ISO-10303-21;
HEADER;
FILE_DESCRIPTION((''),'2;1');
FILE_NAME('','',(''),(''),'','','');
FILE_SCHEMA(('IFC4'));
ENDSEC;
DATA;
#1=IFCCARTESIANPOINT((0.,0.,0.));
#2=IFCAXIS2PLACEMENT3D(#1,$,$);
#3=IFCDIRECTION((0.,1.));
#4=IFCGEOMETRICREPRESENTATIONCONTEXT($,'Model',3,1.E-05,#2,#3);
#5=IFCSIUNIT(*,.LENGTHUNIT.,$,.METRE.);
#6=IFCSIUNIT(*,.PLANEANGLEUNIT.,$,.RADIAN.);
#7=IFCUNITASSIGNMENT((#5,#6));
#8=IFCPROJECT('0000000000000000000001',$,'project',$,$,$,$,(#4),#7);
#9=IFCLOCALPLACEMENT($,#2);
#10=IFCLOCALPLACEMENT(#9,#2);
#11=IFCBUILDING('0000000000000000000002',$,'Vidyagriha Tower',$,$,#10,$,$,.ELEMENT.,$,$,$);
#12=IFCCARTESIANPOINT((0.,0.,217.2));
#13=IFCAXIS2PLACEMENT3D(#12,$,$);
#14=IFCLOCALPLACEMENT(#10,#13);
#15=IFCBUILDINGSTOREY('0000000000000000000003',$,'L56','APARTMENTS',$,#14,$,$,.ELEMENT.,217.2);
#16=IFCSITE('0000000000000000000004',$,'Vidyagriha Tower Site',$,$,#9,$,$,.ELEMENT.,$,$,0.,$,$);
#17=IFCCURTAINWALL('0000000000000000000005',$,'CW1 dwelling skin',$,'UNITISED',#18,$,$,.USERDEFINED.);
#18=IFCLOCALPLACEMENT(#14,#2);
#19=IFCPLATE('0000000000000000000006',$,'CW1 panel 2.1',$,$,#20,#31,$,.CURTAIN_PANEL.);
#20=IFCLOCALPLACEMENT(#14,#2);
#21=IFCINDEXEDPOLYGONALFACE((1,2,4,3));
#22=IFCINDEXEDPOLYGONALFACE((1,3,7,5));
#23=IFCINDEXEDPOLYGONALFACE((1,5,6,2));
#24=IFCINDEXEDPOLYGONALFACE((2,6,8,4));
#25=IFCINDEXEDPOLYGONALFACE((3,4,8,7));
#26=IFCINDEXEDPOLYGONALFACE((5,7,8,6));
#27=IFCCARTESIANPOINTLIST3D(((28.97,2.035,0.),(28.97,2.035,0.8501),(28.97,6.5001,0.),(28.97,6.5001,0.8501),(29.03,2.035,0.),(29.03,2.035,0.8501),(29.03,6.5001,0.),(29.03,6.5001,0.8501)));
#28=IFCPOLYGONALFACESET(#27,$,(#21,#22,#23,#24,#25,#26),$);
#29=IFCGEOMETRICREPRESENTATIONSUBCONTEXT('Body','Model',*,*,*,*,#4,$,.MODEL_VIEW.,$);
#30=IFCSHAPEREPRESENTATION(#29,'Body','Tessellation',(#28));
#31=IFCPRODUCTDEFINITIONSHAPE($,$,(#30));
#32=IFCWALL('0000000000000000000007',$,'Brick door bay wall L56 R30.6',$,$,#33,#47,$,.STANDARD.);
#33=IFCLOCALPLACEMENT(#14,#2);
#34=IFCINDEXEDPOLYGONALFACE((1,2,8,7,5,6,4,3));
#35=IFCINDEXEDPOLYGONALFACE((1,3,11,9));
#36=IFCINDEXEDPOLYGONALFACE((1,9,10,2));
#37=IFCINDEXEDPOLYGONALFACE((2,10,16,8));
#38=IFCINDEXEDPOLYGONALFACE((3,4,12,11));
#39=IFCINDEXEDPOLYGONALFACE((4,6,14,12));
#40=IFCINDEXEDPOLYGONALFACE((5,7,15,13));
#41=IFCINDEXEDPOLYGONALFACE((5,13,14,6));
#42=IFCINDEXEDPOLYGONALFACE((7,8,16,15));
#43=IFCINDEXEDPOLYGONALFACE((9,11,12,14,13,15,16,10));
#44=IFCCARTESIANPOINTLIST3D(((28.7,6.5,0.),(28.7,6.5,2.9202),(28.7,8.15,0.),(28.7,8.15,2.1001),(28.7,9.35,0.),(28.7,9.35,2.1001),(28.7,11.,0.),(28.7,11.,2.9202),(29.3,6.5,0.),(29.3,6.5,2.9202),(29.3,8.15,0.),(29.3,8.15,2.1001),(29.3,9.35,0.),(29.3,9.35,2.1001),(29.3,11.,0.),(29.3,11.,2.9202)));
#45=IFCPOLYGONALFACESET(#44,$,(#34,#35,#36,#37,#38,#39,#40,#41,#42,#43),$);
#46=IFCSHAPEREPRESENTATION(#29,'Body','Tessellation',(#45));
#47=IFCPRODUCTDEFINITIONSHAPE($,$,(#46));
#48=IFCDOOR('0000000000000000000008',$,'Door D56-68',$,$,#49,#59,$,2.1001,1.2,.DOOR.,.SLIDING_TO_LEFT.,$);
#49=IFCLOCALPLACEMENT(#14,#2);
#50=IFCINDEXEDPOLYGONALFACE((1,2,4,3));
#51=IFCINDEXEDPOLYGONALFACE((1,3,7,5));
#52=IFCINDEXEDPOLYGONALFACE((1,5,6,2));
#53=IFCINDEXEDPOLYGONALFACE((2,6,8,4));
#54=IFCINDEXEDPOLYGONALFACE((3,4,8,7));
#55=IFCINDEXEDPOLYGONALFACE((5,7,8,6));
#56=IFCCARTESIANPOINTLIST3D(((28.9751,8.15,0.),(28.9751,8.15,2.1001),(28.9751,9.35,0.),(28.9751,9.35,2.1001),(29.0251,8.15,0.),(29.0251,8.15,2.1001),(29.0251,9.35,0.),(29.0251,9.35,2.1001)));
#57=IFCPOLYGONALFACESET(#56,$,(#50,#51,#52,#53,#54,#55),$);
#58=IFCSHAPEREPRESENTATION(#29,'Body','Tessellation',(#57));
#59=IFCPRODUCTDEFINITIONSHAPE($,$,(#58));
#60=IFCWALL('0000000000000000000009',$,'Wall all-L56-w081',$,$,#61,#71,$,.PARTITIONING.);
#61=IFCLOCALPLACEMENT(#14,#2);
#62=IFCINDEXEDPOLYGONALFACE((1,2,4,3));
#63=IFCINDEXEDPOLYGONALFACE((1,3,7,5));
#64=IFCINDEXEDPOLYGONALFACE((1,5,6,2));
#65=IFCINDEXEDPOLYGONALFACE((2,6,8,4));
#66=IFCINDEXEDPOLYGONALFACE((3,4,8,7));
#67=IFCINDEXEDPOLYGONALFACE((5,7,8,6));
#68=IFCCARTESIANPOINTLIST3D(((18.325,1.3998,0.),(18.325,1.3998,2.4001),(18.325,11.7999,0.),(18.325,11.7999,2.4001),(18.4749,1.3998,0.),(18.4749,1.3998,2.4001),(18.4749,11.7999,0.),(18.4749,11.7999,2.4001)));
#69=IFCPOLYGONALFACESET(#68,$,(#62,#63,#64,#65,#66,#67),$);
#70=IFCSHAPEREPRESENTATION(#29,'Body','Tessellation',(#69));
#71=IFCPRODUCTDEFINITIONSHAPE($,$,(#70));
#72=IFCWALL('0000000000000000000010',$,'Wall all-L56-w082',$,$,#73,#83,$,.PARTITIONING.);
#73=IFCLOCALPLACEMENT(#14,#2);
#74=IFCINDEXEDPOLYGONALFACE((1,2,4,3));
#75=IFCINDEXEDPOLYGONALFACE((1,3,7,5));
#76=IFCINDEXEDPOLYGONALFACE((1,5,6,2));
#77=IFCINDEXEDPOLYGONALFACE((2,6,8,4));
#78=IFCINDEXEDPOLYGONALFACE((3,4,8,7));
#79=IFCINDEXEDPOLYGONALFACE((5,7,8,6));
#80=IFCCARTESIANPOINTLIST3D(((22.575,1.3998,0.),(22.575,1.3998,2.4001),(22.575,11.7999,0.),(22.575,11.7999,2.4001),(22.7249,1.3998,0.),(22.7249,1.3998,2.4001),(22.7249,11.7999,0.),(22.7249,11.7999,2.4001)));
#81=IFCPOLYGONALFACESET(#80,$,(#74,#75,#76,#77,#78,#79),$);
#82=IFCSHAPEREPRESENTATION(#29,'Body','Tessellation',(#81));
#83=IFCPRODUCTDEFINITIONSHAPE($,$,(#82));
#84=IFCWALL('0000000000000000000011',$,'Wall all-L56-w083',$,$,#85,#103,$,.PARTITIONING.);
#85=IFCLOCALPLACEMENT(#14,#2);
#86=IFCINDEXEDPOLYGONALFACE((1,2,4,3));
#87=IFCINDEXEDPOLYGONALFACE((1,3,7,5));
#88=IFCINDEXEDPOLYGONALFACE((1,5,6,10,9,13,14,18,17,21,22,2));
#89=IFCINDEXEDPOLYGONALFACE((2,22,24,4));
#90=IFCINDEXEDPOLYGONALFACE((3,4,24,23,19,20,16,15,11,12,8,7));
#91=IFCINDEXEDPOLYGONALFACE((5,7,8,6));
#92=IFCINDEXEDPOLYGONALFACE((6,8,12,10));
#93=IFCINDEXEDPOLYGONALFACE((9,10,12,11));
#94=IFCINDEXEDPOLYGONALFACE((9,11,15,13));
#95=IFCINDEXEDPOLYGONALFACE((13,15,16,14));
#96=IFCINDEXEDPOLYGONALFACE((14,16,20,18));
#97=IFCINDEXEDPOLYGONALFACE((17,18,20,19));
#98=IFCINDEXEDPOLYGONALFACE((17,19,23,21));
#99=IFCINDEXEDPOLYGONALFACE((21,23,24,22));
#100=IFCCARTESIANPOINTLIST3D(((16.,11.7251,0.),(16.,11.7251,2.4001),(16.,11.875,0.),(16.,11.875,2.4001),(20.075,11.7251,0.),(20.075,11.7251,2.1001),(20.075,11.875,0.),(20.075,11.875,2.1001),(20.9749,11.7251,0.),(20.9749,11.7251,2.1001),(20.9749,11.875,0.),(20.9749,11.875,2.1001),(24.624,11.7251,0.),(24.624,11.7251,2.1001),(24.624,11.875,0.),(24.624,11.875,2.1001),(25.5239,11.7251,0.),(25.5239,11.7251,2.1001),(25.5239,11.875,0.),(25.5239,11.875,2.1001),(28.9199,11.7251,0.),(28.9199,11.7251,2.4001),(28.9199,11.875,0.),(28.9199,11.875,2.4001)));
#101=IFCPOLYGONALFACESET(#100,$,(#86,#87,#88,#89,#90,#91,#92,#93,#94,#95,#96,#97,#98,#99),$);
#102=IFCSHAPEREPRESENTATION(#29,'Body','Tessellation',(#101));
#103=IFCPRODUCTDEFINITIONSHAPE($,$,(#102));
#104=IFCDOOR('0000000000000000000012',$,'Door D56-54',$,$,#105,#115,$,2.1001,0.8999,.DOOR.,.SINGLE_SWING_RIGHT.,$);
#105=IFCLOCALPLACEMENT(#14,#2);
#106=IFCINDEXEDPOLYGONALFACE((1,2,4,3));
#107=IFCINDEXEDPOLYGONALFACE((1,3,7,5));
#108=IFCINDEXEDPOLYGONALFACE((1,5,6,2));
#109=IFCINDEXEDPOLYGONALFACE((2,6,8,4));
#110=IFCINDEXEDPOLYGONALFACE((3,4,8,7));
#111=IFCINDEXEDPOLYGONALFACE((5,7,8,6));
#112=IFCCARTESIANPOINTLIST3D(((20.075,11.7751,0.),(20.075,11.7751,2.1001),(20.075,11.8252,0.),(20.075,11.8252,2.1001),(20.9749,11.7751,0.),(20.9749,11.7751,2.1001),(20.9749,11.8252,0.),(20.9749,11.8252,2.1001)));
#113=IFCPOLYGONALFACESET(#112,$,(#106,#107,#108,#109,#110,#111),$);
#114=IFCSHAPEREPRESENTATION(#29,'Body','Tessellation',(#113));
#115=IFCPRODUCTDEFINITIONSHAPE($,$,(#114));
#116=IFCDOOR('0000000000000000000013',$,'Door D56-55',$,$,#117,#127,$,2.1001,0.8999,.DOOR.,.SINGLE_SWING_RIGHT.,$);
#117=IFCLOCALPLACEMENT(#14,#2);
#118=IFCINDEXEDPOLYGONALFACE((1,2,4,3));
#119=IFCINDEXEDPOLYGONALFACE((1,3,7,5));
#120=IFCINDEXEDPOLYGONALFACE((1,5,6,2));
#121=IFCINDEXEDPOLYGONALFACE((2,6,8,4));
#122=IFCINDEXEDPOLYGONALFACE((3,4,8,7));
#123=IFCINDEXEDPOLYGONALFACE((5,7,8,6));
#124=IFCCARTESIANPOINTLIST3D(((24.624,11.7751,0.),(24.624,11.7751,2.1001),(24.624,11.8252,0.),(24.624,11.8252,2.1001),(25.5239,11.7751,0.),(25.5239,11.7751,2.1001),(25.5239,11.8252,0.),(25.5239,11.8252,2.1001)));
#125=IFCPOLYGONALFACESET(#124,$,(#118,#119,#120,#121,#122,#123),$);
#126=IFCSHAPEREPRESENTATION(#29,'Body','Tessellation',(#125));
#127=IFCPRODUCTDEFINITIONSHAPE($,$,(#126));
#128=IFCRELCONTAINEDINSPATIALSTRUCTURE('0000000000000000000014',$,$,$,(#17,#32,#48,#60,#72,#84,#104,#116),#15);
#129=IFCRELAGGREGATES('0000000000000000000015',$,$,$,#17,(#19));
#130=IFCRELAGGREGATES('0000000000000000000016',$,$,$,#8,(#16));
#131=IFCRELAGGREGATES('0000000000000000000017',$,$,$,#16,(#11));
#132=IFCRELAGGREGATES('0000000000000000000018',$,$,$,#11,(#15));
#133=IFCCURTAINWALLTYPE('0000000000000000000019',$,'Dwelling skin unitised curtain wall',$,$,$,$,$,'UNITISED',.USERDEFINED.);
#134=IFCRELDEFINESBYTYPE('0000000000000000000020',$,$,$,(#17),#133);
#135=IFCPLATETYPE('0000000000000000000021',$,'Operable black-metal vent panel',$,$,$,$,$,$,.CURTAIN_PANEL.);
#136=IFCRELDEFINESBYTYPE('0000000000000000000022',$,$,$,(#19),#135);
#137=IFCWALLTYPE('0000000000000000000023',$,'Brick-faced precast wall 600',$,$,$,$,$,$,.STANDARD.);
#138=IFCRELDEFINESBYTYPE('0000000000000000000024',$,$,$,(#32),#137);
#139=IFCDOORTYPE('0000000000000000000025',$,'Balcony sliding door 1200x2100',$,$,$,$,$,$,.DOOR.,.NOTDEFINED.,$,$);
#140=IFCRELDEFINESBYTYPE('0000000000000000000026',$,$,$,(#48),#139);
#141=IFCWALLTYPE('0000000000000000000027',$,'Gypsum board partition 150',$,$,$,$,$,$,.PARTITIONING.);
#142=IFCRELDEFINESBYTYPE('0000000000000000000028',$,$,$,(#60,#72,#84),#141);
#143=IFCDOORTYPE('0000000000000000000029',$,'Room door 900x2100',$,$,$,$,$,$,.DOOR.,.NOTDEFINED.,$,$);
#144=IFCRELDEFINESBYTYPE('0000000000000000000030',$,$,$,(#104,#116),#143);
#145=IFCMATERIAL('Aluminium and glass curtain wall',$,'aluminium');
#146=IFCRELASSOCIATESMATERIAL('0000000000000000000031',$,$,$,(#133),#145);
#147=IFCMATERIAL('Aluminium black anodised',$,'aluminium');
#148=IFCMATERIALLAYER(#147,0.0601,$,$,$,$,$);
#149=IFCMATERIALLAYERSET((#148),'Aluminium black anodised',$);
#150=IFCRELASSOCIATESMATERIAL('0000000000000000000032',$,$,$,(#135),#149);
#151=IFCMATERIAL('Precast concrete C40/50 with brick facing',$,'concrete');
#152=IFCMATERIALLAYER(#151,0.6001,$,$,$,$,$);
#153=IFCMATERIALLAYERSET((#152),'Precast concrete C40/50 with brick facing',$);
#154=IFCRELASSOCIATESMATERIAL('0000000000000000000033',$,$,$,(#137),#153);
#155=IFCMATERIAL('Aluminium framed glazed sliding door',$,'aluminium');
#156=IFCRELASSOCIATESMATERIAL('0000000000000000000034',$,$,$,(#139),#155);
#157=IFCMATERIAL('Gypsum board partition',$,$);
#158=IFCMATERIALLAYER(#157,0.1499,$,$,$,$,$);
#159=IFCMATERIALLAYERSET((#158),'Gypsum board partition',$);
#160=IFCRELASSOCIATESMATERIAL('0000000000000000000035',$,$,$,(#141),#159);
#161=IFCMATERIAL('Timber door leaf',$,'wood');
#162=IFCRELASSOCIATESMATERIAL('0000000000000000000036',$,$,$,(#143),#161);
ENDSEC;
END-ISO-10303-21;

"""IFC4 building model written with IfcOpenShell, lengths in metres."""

from ifc_helpers import new_model, si_unit, direction, frame, frame_2d, origin, origin_2d, place, context, subcontext, project, spatial, rectangle, extrude, material, layer, layer_set, type_object, element, fill, aggregate, save


model = new_model("IFC4")

# Units and contexts
model_context = context("Model", 3, precision=1e-05, world=origin(), true_north=direction((0.0, 1.0)))
body_context = subcontext(model_context, "Body", "Model", "MODEL_VIEW")
ifc_project = project(units=[si_unit("LENGTHUNIT", "METRE"), si_unit("PLANEANGLEUNIT", "RADIAN")], contexts=[model_context])

# Site, building, storey
site_placement = place(None, origin())
site = spatial("IfcSite", under=ifc_project, at=site_placement, Name="Vidyagriha Tower Site", CompositionType="ELEMENT", RefElevation=0.0)
building_placement = place(site_placement, origin())
building = spatial("IfcBuilding", under=site, at=building_placement, Name="Vidyagriha Tower", CompositionType="ELEMENT")
storey_placement = place(building_placement, frame((0.0, 0.0, 217.2)))
storey = spatial("IfcBuildingStorey", under=building, at=storey_placement, Name="L56", Description="APARTMENTS", CompositionType="ELEMENT", Elevation=217.2)

# Curtain wall
ifc_material_1 = material(Name="Aluminium and glass curtain wall", Category="aluminium")
curtain_wall_type = type_object("IfcCurtainWallType", Name="Dwelling skin unitised curtain wall", ElementType="UNITISED", PredefinedType="USERDEFINED", material=ifc_material_1)
curtain_wall_1_placement = place(storey_placement, origin())
curtain_wall_1 = element("IfcCurtainWall", 1, at=curtain_wall_1_placement, inside=storey, type_object=curtain_wall_type, Name="CW1 dwelling skin", ObjectType="UNITISED", PredefinedType="USERDEFINED")

# Plate
ifc_material_2 = material(Name="Aluminium black anodised", Category="aluminium")
ifc_layer_1 = layer(ifc_material_2, 0.0601)
ifc_layer_set_1 = layer_set([ifc_layer_1], Name="Aluminium black anodised")
plate_type_1 = type_object("IfcPlateType", Name="Operable black-metal vent panel", PredefinedType="CURTAIN_PANEL", material=ifc_layer_set_1)
plate_1_placement = place(storey_placement, frame((29.0, 4.2676, 0.0), z_axis=(0.0, 0.0, 1.0), x_axis=(0.0, 1.0, 0.0)))
plate_1 = element("IfcPlate", 2, at=plate_1_placement, type_object=plate_type_1, Name="CW1 panel 2.1", PredefinedType="CURTAIN_PANEL", context=body_context, shape_type="SweptSolid", body=[
    extrude(rectangle(XDim=4.4651, YDim=0.0601, at=origin_2d()), origin(), (0.0, 0.0, 1.0), 0.8501),
])
aggregate(curtain_wall_1, [plate_1])

# Wall, opening, door
ifc_material_3 = material(Name="Precast concrete C40/50 with brick facing", Category="concrete")
ifc_layer_2 = layer(ifc_material_3, 0.6001)
ifc_layer_set_2 = layer_set([ifc_layer_2], Name="Precast concrete C40/50 with brick facing")
wall_type_1 = type_object("IfcWallType", Name="Brick-faced precast wall 600", PredefinedType="STANDARD", material=ifc_layer_set_2)
wall_1_placement = place(storey_placement, frame((29.0, 6.5, 0.0), z_axis=(0.0, 0.0, 1.0), x_axis=(0.0, 1.0, 0.0)))
wall_1 = element("IfcWall", 3, at=wall_1_placement, inside=storey, type_object=wall_type_1, Name="Brick door bay wall L56 R30.6", PredefinedType="STANDARD", context=body_context, shape_type="SweptSolid", body=[
    extrude(rectangle(XDim=4.5, YDim=0.6001, at=frame_2d((2.25, 0.0))), origin(), (0.0, 0.0, 1.0), 2.9202),
])
opening_1_placement = place(wall_1_placement, frame((1.6499, 0.0, 0.0)))
opening_1 = element("IfcOpeningElement", 4, at=opening_1_placement, cuts=wall_1, PredefinedType="OPENING", context=body_context, shape_type="SweptSolid", body=[
    extrude(rectangle(XDim=1.2, YDim=2.1001, at=frame_2d((0.6001, 1.05))), frame((0.0, 0.3101, 0.0), z_axis=(0.0, -1.0, 0.0), x_axis=(1.0, 0.0, 0.0)), (0.0, 0.0, 1.0), 0.6201),
])
ifc_material_4 = material(Name="Aluminium framed glazed sliding door", Category="aluminium")
door_type_1 = type_object("IfcDoorType", Name="Balcony sliding door 1200x2100", OperationType="NOTDEFINED", PredefinedType="DOOR", material=ifc_material_4)
door_1_placement = place(opening_1_placement, origin())
door_1 = element("IfcDoor", 5, at=door_1_placement, inside=storey, type_object=door_type_1, Name="Door D56-68", OperationType="SLIDING_TO_LEFT", OverallHeight=2.1001, OverallWidth=1.2, PredefinedType="DOOR", context=body_context, shape_type="SweptSolid", body=[
    extrude(rectangle(XDim=1.2, YDim=2.1001, at=frame_2d((0.6001, 1.05))), frame((0.0, 0.0249, 0.0), z_axis=(0.0, -1.0, 0.0), x_axis=(1.0, 0.0, 0.0)), (0.0, 0.0, 1.0), 0.05),
])
fill(opening_1, door_1)

# Walls
ifc_material_5 = material(Name="Gypsum board partition")
ifc_layer_3 = layer(ifc_material_5, 0.1499)
ifc_layer_set_3 = layer_set([ifc_layer_3], Name="Gypsum board partition")
wall_type_2 = type_object("IfcWallType", Name="Gypsum board partition 150", PredefinedType="PARTITIONING", material=ifc_layer_set_3)
for number, where, z_axis, x_axis, name in (
    (6, (18.3999, 11.8, 0.0), (0.0, 0.0, 1.0), (0.0, -1.0, 0.0), "Wall all-L56-w081"),
    (7, (22.6499, 11.8, 0.0), (0.0, 0.0, 1.0), (0.0, -1.0, 0.0), "Wall all-L56-w082"),
):
    element("IfcWall", number, at=place(storey_placement, frame(where, z_axis=z_axis, x_axis=x_axis)), inside=storey, type_object=wall_type_2, Name=name, PredefinedType="PARTITIONING", context=body_context, shape_type="SweptSolid", body=[
        extrude(rectangle(XDim=10.4001, YDim=0.1499, at=frame_2d((5.2002, 0.0))), origin(), (0.0, 0.0, 1.0), 2.4001),
    ])

# Wall, openings, doors
wall_2_placement = place(storey_placement, frame((28.9199, 11.8, 0.0), z_axis=(0.0, 0.0, 1.0), x_axis=(-1.0, 0.0, 0.0)))
wall_2 = element("IfcWall", 8, at=wall_2_placement, inside=storey, type_object=wall_type_2, Name="Wall all-L56-w083", PredefinedType="PARTITIONING", context=body_context, shape_type="SweptSolid", body=[
    extrude(rectangle(XDim=12.9199, YDim=0.1499, at=frame_2d((6.46, 0.0))), origin(), (0.0, 0.0, 1.0), 2.4001),
])
opening_2_placement = place(wall_2_placement, frame((7.9451, 0.0, 0.0)))
opening_2 = element("IfcOpeningElement", 9, at=opening_2_placement, cuts=wall_2, PredefinedType="OPENING", context=body_context, shape_type="SweptSolid", body=[
    extrude(rectangle(XDim=0.8999, YDim=2.1001, at=frame_2d((0.45, 1.05))), frame((0.0, 0.085, 0.0), z_axis=(0.0, -1.0, 0.0), x_axis=(1.0, 0.0, 0.0)), (0.0, 0.0, 1.0), 0.1699),
])
opening_3_placement = place(wall_2_placement, frame((3.396, 0.0, 0.0)))
opening_3 = element("IfcOpeningElement", 10, at=opening_3_placement, cuts=wall_2, PredefinedType="OPENING", context=body_context, shape_type="SweptSolid", body=[
    extrude(rectangle(XDim=0.8999, YDim=2.1001, at=frame_2d((0.45, 1.05))), frame((0.0, 0.085, 0.0), z_axis=(0.0, -1.0, 0.0), x_axis=(1.0, 0.0, 0.0)), (0.0, 0.0, 1.0), 0.1699),
])
ifc_material_6 = material(Name="Timber door leaf", Category="wood")
door_type_2 = type_object("IfcDoorType", Name="Room door 900x2100", OperationType="NOTDEFINED", PredefinedType="DOOR", material=ifc_material_6)
door_2_placement = place(opening_2_placement, origin())
door_2 = element("IfcDoor", 11, at=door_2_placement, inside=storey, type_object=door_type_2, Name="Door D56-54", OperationType="SINGLE_SWING_RIGHT", OverallHeight=2.1001, OverallWidth=0.8999, PredefinedType="DOOR", context=body_context, shape_type="SweptSolid", body=[
    extrude(rectangle(XDim=0.8999, YDim=2.1001, at=frame_2d((0.45, 1.05))), frame((0.0, 0.0249, 0.0), z_axis=(0.0, -1.0, 0.0), x_axis=(1.0, 0.0, 0.0)), (0.0, 0.0, 1.0), 0.05),
])
fill(opening_2, door_2)
door_3_placement = place(opening_3_placement, origin())
door_3 = element("IfcDoor", 12, at=door_3_placement, inside=storey, type_object=door_type_2, Name="Door D56-55", OperationType="SINGLE_SWING_RIGHT", OverallHeight=2.1001, OverallWidth=0.8999, PredefinedType="DOOR", context=body_context, shape_type="SweptSolid", body=[
    extrude(rectangle(XDim=0.8999, YDim=2.1001, at=frame_2d((0.45, 1.05))), frame((0.0, 0.0249, 0.0), z_axis=(0.0, -1.0, 0.0), x_axis=(1.0, 0.0, 0.0)), (0.0, 0.0, 1.0), 0.05),
])
fill(opening_3, door_3)

save(model, "model.ifc")
